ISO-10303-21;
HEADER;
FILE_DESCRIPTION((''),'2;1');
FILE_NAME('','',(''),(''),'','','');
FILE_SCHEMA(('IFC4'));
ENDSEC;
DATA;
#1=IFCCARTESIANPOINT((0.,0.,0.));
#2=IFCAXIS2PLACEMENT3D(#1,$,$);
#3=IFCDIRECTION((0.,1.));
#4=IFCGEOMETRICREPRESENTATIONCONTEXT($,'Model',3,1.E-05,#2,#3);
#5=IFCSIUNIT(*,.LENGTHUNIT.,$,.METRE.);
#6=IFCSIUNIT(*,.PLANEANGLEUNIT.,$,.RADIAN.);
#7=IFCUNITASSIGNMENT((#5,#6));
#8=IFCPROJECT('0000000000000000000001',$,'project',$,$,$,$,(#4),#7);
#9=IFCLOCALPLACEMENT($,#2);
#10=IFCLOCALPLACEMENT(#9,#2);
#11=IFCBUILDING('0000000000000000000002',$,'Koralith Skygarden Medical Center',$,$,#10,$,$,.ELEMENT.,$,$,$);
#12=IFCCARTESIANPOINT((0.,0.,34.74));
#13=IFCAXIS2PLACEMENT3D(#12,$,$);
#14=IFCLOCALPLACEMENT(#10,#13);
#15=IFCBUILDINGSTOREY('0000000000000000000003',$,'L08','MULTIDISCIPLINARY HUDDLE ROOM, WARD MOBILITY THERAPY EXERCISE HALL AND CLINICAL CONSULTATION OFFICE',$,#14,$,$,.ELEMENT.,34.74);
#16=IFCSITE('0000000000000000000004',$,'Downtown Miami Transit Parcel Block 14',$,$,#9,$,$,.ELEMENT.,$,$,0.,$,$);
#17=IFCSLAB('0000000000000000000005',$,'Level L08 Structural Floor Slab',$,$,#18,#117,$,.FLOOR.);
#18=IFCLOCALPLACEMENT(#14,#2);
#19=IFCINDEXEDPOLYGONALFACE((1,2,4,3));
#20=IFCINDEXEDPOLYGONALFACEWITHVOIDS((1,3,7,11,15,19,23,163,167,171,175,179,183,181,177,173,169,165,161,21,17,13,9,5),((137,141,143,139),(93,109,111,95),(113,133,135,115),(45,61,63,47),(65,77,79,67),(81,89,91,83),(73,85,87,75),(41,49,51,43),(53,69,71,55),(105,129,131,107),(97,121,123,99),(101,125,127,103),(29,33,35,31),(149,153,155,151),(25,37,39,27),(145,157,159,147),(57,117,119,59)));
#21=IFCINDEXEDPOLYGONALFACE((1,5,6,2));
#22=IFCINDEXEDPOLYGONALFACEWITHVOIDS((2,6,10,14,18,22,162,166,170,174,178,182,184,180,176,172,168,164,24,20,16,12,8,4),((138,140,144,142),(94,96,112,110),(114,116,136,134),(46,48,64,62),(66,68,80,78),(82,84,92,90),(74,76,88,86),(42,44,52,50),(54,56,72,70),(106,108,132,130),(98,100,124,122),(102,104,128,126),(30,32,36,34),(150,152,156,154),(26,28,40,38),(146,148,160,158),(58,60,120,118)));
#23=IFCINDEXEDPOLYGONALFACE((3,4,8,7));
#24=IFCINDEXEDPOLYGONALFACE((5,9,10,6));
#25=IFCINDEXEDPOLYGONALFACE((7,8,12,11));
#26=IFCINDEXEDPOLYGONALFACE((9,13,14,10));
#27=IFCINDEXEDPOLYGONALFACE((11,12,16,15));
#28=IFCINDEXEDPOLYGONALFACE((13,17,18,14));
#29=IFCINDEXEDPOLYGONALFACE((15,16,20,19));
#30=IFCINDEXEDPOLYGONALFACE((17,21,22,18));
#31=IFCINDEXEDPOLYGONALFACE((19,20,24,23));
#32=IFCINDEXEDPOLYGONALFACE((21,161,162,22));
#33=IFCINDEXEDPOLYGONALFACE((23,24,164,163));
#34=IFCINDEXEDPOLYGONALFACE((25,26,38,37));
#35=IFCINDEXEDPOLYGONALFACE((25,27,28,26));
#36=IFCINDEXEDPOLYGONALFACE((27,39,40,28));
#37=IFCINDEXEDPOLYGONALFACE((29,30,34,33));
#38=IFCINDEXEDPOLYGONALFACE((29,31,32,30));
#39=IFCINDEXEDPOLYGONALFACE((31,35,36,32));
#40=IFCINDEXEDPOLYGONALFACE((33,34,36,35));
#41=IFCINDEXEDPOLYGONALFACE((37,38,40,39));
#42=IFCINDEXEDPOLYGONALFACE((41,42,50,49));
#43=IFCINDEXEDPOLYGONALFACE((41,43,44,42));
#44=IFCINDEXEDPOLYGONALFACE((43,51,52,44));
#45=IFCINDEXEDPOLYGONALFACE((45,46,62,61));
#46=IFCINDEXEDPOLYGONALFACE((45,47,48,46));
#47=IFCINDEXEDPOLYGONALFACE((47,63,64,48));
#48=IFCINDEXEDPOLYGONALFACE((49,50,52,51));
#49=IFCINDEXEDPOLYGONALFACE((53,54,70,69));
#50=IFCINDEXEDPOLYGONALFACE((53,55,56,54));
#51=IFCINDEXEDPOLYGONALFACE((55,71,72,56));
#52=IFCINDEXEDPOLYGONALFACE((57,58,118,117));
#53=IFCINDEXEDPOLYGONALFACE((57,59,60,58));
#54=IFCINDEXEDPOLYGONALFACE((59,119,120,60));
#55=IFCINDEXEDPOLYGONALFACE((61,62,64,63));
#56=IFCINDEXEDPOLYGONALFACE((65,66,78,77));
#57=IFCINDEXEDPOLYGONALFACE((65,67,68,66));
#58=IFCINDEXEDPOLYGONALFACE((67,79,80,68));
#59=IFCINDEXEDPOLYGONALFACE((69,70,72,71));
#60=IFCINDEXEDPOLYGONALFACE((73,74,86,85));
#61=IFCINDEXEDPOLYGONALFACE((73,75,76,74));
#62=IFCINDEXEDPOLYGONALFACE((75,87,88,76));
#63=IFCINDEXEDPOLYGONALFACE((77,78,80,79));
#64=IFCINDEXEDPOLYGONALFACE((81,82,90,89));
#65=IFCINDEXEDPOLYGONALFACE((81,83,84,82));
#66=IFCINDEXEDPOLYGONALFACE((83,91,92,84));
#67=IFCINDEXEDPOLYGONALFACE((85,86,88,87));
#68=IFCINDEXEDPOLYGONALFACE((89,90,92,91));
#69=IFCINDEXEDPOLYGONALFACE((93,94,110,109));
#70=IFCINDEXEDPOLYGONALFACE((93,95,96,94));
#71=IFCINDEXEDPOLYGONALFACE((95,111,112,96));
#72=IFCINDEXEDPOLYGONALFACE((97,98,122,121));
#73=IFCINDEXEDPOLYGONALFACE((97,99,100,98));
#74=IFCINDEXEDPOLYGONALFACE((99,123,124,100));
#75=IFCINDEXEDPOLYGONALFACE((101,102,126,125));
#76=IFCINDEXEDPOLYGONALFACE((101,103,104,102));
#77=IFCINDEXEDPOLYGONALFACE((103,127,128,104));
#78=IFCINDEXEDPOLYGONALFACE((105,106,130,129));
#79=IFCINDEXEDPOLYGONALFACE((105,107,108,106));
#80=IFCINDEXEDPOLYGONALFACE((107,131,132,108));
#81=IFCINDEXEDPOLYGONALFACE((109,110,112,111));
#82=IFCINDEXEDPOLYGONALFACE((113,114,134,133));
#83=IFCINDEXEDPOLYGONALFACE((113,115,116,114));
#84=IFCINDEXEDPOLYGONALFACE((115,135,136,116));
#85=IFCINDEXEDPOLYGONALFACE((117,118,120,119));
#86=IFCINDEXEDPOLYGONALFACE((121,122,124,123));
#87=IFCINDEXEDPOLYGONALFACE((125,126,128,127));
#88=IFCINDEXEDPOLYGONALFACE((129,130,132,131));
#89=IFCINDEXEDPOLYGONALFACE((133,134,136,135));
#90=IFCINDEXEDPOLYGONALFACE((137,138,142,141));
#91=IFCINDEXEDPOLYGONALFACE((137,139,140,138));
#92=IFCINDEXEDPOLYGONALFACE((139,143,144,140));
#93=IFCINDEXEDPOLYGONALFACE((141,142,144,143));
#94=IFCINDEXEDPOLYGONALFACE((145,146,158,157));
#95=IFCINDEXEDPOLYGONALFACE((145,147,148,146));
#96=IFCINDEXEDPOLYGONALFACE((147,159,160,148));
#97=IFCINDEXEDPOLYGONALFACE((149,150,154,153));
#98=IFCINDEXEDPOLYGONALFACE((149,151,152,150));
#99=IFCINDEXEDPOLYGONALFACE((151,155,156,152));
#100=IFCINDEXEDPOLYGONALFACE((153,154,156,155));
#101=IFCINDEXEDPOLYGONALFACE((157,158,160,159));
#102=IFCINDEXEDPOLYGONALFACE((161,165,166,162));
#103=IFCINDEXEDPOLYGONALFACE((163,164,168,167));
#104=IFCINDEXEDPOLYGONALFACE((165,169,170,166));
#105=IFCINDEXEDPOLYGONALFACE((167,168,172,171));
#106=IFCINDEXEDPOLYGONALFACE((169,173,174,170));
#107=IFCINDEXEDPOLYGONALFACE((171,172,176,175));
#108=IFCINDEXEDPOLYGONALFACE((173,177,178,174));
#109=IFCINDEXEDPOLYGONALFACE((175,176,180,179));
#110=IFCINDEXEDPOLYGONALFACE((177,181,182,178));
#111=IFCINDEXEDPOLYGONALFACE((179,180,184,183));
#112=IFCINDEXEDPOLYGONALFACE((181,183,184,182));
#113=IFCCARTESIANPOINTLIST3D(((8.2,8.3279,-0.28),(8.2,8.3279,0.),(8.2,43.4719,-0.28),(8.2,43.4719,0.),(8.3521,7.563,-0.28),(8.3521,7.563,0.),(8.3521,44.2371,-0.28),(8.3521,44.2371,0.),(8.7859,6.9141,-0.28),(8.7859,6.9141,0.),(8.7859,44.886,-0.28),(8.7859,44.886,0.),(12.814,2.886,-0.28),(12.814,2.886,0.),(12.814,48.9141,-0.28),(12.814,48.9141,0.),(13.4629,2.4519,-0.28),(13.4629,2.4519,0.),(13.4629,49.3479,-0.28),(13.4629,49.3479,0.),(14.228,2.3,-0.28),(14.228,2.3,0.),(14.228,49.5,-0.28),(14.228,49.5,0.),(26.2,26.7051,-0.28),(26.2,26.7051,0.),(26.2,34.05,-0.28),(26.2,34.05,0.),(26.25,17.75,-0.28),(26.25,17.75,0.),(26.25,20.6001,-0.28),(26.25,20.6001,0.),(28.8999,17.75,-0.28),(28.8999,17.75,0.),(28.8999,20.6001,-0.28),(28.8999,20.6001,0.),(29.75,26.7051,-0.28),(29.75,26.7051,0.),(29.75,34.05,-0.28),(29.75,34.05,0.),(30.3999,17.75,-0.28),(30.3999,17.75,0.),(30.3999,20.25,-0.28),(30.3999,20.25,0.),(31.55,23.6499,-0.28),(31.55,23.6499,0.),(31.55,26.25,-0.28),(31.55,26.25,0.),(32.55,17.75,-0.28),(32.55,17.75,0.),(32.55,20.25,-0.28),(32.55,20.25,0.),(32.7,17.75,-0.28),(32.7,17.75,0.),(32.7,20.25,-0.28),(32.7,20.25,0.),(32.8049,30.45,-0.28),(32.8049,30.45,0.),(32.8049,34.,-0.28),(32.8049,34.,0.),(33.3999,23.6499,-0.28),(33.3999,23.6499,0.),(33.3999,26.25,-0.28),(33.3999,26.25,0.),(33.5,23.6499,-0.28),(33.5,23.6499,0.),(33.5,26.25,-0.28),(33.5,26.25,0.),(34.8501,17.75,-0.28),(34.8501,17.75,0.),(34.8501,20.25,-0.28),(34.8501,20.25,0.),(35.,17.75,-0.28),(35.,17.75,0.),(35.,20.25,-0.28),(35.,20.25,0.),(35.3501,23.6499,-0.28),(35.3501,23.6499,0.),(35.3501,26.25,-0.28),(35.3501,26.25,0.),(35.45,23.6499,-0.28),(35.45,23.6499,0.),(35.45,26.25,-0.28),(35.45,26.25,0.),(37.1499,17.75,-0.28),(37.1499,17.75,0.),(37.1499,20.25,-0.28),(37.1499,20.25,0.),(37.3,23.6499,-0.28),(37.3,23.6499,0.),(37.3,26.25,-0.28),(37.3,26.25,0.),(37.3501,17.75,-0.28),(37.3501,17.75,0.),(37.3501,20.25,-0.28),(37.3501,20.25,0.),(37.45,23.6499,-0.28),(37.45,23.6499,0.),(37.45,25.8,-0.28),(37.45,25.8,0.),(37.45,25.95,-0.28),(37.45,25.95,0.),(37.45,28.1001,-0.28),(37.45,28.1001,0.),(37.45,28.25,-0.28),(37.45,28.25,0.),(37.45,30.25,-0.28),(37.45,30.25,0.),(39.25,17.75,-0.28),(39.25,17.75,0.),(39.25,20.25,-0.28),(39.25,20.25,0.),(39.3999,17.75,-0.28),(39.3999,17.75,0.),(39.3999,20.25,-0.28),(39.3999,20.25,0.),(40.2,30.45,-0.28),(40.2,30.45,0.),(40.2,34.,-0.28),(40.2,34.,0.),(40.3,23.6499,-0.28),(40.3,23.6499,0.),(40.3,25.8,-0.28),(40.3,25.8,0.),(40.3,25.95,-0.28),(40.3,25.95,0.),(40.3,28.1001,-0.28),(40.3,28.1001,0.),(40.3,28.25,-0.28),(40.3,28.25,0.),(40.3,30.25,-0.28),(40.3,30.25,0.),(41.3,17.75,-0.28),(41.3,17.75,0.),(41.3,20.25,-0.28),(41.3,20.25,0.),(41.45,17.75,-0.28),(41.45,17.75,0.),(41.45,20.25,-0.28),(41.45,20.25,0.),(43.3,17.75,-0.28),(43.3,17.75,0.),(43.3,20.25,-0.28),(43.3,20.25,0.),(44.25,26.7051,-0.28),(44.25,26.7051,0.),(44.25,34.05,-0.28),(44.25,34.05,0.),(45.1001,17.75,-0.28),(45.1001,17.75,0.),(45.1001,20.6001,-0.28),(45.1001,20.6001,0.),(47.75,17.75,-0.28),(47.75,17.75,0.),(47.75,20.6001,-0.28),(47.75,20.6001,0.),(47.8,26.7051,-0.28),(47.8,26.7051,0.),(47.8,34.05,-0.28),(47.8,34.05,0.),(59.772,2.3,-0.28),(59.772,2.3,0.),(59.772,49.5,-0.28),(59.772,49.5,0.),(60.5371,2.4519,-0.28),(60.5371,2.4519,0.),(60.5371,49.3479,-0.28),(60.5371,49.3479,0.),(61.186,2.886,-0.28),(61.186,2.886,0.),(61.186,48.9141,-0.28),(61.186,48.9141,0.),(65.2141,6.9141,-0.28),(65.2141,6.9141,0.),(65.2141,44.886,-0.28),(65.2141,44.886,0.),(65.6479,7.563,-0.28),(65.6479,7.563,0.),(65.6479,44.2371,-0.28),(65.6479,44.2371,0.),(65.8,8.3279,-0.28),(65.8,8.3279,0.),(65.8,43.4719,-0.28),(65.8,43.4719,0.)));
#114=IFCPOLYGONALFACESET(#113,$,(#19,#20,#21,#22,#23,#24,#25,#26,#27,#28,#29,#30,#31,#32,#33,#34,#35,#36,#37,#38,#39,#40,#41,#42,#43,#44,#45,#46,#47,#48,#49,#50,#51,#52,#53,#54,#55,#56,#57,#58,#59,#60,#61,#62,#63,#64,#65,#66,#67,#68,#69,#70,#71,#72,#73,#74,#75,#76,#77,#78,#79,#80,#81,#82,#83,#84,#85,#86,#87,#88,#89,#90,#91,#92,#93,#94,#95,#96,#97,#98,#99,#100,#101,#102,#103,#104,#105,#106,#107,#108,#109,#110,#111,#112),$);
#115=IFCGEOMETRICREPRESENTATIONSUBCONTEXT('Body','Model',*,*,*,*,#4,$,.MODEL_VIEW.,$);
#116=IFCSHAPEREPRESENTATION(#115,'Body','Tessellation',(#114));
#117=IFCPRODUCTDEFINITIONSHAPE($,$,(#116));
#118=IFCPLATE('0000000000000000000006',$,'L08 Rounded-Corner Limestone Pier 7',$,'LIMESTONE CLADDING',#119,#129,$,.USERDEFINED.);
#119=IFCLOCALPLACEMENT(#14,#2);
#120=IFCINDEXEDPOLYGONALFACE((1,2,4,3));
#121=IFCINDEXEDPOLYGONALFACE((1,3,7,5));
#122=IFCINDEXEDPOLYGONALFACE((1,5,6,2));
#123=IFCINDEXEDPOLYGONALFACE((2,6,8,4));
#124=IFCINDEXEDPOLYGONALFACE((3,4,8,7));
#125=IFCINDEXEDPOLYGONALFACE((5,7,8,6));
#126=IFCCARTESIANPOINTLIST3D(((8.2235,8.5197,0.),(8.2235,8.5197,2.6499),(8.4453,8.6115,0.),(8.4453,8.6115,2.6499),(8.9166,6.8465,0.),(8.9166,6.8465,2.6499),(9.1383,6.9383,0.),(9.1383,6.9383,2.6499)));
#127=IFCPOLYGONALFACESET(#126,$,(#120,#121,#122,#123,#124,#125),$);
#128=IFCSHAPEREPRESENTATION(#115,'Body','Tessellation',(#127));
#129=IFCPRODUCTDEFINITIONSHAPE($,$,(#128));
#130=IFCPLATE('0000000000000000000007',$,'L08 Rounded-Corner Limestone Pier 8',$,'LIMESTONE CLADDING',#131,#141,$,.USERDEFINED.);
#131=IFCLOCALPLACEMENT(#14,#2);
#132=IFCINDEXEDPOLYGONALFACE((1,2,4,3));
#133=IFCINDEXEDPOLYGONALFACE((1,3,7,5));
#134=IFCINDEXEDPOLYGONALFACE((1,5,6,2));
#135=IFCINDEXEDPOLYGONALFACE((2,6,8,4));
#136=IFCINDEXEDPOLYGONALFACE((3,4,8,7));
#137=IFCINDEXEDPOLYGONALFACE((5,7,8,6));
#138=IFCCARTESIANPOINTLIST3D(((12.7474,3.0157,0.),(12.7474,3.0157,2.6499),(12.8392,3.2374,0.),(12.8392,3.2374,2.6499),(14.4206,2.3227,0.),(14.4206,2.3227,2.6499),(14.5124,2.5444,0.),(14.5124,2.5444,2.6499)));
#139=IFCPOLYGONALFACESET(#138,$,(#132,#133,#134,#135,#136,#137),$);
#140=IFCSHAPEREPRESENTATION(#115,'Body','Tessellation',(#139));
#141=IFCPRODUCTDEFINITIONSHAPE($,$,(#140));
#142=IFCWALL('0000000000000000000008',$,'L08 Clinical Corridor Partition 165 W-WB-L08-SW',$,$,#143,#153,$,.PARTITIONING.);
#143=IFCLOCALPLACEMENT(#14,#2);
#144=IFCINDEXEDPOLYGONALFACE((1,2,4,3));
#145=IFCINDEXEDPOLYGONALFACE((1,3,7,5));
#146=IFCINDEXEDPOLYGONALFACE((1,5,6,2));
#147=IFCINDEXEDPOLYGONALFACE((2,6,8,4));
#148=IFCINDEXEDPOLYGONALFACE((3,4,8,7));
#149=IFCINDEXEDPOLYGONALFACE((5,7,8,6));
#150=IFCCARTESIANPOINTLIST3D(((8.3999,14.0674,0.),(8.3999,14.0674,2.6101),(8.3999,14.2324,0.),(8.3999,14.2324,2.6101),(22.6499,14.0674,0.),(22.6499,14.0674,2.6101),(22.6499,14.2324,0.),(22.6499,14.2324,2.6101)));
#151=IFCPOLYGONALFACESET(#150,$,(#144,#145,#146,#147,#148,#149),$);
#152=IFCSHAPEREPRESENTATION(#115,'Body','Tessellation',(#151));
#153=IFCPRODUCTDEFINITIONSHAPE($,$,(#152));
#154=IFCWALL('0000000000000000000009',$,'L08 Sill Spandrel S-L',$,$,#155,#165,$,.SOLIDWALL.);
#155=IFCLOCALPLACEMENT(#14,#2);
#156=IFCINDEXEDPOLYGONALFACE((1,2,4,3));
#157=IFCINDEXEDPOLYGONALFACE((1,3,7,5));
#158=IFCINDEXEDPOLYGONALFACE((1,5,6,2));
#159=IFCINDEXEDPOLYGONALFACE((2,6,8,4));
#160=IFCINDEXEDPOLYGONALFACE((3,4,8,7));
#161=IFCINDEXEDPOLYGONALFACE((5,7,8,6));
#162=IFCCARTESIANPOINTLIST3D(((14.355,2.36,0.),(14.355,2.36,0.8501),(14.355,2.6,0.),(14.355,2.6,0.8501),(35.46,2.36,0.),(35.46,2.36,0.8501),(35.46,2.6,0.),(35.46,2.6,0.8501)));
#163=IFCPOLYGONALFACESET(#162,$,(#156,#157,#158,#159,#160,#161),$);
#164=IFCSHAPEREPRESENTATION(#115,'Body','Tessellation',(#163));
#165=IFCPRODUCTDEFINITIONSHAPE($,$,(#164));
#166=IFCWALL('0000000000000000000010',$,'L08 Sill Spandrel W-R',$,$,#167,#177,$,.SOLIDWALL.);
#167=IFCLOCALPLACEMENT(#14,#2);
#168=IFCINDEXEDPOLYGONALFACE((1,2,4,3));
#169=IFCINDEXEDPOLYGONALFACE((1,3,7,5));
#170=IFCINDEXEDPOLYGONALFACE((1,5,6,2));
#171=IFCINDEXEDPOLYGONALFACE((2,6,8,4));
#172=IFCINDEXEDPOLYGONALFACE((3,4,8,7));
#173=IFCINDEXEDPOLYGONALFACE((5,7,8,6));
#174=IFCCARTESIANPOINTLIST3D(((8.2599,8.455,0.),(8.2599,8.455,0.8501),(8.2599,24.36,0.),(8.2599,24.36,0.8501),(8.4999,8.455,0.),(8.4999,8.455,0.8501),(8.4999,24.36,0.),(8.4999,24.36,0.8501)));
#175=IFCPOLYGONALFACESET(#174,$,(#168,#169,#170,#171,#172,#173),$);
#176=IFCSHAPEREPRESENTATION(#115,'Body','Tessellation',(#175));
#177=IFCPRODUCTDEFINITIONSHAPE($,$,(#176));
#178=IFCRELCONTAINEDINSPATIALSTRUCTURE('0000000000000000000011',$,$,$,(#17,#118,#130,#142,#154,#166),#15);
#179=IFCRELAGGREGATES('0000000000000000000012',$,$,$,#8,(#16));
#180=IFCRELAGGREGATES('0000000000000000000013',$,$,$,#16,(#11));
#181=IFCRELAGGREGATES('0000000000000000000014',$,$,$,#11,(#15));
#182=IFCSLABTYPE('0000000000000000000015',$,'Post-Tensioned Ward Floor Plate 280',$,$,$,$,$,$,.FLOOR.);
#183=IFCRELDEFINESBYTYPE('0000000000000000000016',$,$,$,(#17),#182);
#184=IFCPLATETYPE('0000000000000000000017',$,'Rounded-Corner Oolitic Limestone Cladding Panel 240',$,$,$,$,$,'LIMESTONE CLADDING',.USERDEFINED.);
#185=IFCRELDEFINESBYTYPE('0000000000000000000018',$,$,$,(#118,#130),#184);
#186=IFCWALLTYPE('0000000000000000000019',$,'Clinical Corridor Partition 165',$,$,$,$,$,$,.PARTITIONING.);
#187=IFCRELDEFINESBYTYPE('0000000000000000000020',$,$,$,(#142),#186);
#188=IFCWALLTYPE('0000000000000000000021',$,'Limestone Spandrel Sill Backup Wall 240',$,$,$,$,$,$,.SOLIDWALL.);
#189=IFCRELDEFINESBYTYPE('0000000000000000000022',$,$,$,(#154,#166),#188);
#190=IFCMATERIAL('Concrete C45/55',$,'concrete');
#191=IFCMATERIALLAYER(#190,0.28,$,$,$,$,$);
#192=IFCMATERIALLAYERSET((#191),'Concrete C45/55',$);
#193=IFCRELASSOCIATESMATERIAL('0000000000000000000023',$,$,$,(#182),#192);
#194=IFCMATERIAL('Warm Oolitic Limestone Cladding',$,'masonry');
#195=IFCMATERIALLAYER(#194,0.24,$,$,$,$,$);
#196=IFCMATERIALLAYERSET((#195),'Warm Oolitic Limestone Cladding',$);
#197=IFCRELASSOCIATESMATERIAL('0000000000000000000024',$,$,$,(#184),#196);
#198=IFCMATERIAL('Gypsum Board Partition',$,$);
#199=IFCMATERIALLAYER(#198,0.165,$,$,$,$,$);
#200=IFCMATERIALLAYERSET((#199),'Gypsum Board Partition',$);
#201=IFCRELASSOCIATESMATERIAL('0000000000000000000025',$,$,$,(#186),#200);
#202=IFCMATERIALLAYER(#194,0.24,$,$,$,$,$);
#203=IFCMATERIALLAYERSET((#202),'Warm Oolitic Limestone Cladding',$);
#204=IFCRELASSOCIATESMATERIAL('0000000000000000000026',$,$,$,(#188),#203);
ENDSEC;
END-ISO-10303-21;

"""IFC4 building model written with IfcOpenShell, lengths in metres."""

from ifc_helpers import new_model, si_unit, direction, frame, frame_2d, origin, origin_2d, place, context, subcontext, project, spatial, polyline, rectangle, outline, extrude, material, layer, layer_set, type_object, element, save


model = new_model("IFC4")

# Units and contexts
model_context = context("Model", 3, precision=1e-05, world=origin(), true_north=direction((0.0, 1.0)))
body_context = subcontext(model_context, "Body", "Model", "MODEL_VIEW")
ifc_project = project(units=[si_unit("LENGTHUNIT", "METRE"), si_unit("PLANEANGLEUNIT", "RADIAN")], contexts=[model_context])

# Site, building, storey
site_placement = place(None, origin())
site = spatial("IfcSite", under=ifc_project, at=site_placement, Name="Downtown Miami Transit Parcel Block 14", CompositionType="ELEMENT", RefElevation=0.0)
building_placement = place(site_placement, origin())
building = spatial("IfcBuilding", under=site, at=building_placement, Name="Koralith Skygarden Medical Center", CompositionType="ELEMENT")
storey_placement = place(building_placement, frame((0.0, 0.0, 34.74)))
storey = spatial("IfcBuildingStorey", under=building, at=storey_placement, Name="L08", Description="MULTIDISCIPLINARY HUDDLE ROOM, WARD MOBILITY THERAPY EXERCISE HALL AND CLINICAL CONSULTATION OFFICE", CompositionType="ELEMENT", Elevation=34.74)

# Shared definitions
ifc_material_1 = material(Name="Concrete C45/55", Category="concrete")

# Slab
ifc_layer_1 = layer(ifc_material_1, 0.28)
ifc_layer_set_1 = layer_set([ifc_layer_1], Name="Concrete C45/55")
slab_type_1 = type_object("IfcSlabType", Name="Post-Tensioned Ward Floor Plate 280", PredefinedType="FLOOR", material=ifc_layer_set_1)
slab_1_placement = place(storey_placement, frame((0.0, 0.0, -0.28)))
element("IfcSlab", 1, at=slab_1_placement, inside=storey, type_object=slab_type_1, Name="Level L08 Structural Floor Slab", PredefinedType="FLOOR", context=body_context, shape_type="SweptSolid", body=[
    extrude(outline(polyline([(12.814, 2.886), (13.4629, 2.4519), (14.228, 2.3), (59.772, 2.3), (60.5371, 2.4519), (61.186, 2.886), (65.2141, 6.9141), (65.6479, 7.563), (65.8, 8.3279), (65.8, 43.4719), (65.6479, 44.2371), (65.2141, 44.886), (61.186, 48.9141), (60.5371, 49.3479), (59.772, 49.5), (14.228, 49.5), (13.4629, 49.3479), (12.814, 48.9141), (8.7859, 44.886), (8.3521, 44.2371), (8.2, 43.4719), (8.2, 8.3279), (8.3521, 7.563), (8.7859, 6.9141), (12.814, 2.886)]), holes=[polyline([(26.2, 26.7051), (29.75, 26.7051), (29.75, 34.05), (26.2, 34.05), (26.2, 26.7051)]), polyline([(44.25, 26.7051), (47.8, 26.7051), (47.8, 34.05), (44.25, 34.05), (44.25, 26.7051)]), polyline([(32.8049, 30.45), (40.2, 30.45), (40.2, 34.0), (32.8049, 34.0), (32.8049, 30.45)]), polyline([(26.25, 17.75), (28.8999, 17.75), (28.8999, 20.6001), (26.25, 20.6001), (26.25, 17.75)]), polyline([(45.1001, 17.75), (47.75, 17.75), (47.75, 20.6001), (45.1001, 20.6001), (45.1001, 17.75)]), polyline([(30.3999, 17.75), (32.55, 17.75), (32.55, 20.25), (30.3999, 20.25), (30.3999, 17.75)]), polyline([(32.7, 17.75), (34.8501, 17.75), (34.8501, 20.25), (32.7, 20.25), (32.7, 17.75)]), polyline([(35.0, 17.75), (37.1499, 17.75), (37.1499, 20.25), (35.0, 20.25), (35.0, 17.75)]), polyline([(37.3501, 17.75), (39.25, 17.75), (39.25, 20.25), (37.3501, 20.25), (37.3501, 17.75)]), polyline([(39.3999, 17.75), (41.3, 17.75), (41.3, 20.25), (39.3999, 20.25), (39.3999, 17.75)]), polyline([(41.45, 17.75), (43.3, 17.75), (43.3, 20.25), (41.45, 20.25), (41.45, 17.75)]), polyline([(31.55, 23.6499), (33.3999, 23.6499), (33.3999, 26.25), (31.55, 26.25), (31.55, 23.6499)]), polyline([(33.5, 23.6499), (35.3501, 23.6499), (35.3501, 26.25), (33.5, 26.25), (33.5, 23.6499)]), polyline([(35.45, 23.6499), (37.3, 23.6499), (37.3, 26.25), (35.45, 26.25), (35.45, 23.6499)]), polyline([(37.45, 23.6499), (40.3, 23.6499), (40.3, 25.8), (37.45, 25.8), (37.45, 23.6499)]), polyline([(37.45, 25.95), (40.3, 25.95), (40.3, 28.1001), (37.45, 28.1001), (37.45, 25.95)]), polyline([(37.45, 28.25), (40.3, 28.25), (40.3, 30.25), (37.45, 30.25), (37.45, 28.25)])]), origin(), (0.0, 0.0, 1.0), 0.28),
])

# Plates
ifc_material_2 = material(Name="Warm Oolitic Limestone Cladding", Category="masonry")
ifc_layer_2 = layer(ifc_material_2, 0.24)
ifc_layer_set_2 = layer_set([ifc_layer_2], Name="Warm Oolitic Limestone Cladding")
plate_type_1 = type_object("IfcPlateType", Name="Rounded-Corner Oolitic Limestone Cladding Panel 240", ElementType="LIMESTONE CLADDING", PredefinedType="USERDEFINED", material=ifc_layer_set_2)
for number, where, z_axis, x_axis, name in (
    (2, (8.6809, 7.729, 0.0), (0.0, 0.0, 1.0), (0.382671, -0.923885, 0.0), "L08 Rounded-Corner Limestone Pier 7"),
    (3, (13.6299, 2.78, 0.0), (0.0, 0.0, 1.0), (0.923885, -0.382671, 0.0), "L08 Rounded-Corner Limestone Pier 8"),
):
    element("IfcPlate", number, at=place(storey_placement, frame(where, z_axis=z_axis, x_axis=x_axis)), inside=storey, type_object=plate_type_1, Name=name, ObjectType="LIMESTONE CLADDING", PredefinedType="USERDEFINED", context=body_context, shape_type="SweptSolid", body=[
        extrude(rectangle(XDim=1.811, YDim=0.24, at=origin_2d()), origin(), (0.0, 0.0, 1.0), 2.6499),
    ])

# Walls
ifc_material_3 = material(Name="Gypsum Board Partition")
ifc_layer_3 = layer(ifc_material_3, 0.165)
ifc_layer_set_3 = layer_set([ifc_layer_3], Name="Gypsum Board Partition")
wall_type_1 = type_object("IfcWallType", Name="Clinical Corridor Partition 165", PredefinedType="PARTITIONING", material=ifc_layer_set_3)
wall_1_placement = place(storey_placement, frame((8.3999, 14.1499, 0.0), z_axis=(0.0, 0.0, 1.0), x_axis=(1.0, 0.0, 0.0)))
element("IfcWall", 4, at=wall_1_placement, inside=storey, type_object=wall_type_1, Name="L08 Clinical Corridor Partition 165 W-WB-L08-SW", PredefinedType="PARTITIONING", context=body_context, shape_type="SweptSolid", body=[
    extrude(rectangle(XDim=14.25, YDim=0.165, at=frame_2d((7.125, 0.0))), origin(), (0.0, 0.0, 1.0), 2.6101),
])
ifc_layer_4 = layer(ifc_material_2, 0.24)
ifc_layer_set_4 = layer_set([ifc_layer_4], Name="Warm Oolitic Limestone Cladding")
wall_type_2 = type_object("IfcWallType", Name="Limestone Spandrel Sill Backup Wall 240", PredefinedType="SOLIDWALL", material=ifc_layer_set_4)
wall_2_placement = place(storey_placement, frame((14.355, 2.48, 0.0), z_axis=(0.0, 0.0, 1.0), x_axis=(1.0, 0.0, 0.0)))
element("IfcWall", 5, at=wall_2_placement, inside=storey, type_object=wall_type_2, Name="L08 Sill Spandrel S-L", PredefinedType="SOLIDWALL", context=body_context, shape_type="SweptSolid", body=[
    extrude(rectangle(XDim=21.105, YDim=0.24, at=frame_2d((10.5525, 0.0))), origin(), (0.0, 0.0, 1.0), 0.8501),
])
wall_3_placement = place(storey_placement, frame((8.3799, 24.3601, 0.0), z_axis=(0.0, 0.0, 1.0), x_axis=(0.0, -1.0, 0.0)))
element("IfcWall", 6, at=wall_3_placement, inside=storey, type_object=wall_type_2, Name="L08 Sill Spandrel W-R", PredefinedType="SOLIDWALL", context=body_context, shape_type="SweptSolid", body=[
    extrude(rectangle(XDim=15.905, YDim=0.24, at=frame_2d((7.9526, 0.0))), origin(), (0.0, 0.0, 1.0), 0.8501),
])

save(model, "model.ifc")
